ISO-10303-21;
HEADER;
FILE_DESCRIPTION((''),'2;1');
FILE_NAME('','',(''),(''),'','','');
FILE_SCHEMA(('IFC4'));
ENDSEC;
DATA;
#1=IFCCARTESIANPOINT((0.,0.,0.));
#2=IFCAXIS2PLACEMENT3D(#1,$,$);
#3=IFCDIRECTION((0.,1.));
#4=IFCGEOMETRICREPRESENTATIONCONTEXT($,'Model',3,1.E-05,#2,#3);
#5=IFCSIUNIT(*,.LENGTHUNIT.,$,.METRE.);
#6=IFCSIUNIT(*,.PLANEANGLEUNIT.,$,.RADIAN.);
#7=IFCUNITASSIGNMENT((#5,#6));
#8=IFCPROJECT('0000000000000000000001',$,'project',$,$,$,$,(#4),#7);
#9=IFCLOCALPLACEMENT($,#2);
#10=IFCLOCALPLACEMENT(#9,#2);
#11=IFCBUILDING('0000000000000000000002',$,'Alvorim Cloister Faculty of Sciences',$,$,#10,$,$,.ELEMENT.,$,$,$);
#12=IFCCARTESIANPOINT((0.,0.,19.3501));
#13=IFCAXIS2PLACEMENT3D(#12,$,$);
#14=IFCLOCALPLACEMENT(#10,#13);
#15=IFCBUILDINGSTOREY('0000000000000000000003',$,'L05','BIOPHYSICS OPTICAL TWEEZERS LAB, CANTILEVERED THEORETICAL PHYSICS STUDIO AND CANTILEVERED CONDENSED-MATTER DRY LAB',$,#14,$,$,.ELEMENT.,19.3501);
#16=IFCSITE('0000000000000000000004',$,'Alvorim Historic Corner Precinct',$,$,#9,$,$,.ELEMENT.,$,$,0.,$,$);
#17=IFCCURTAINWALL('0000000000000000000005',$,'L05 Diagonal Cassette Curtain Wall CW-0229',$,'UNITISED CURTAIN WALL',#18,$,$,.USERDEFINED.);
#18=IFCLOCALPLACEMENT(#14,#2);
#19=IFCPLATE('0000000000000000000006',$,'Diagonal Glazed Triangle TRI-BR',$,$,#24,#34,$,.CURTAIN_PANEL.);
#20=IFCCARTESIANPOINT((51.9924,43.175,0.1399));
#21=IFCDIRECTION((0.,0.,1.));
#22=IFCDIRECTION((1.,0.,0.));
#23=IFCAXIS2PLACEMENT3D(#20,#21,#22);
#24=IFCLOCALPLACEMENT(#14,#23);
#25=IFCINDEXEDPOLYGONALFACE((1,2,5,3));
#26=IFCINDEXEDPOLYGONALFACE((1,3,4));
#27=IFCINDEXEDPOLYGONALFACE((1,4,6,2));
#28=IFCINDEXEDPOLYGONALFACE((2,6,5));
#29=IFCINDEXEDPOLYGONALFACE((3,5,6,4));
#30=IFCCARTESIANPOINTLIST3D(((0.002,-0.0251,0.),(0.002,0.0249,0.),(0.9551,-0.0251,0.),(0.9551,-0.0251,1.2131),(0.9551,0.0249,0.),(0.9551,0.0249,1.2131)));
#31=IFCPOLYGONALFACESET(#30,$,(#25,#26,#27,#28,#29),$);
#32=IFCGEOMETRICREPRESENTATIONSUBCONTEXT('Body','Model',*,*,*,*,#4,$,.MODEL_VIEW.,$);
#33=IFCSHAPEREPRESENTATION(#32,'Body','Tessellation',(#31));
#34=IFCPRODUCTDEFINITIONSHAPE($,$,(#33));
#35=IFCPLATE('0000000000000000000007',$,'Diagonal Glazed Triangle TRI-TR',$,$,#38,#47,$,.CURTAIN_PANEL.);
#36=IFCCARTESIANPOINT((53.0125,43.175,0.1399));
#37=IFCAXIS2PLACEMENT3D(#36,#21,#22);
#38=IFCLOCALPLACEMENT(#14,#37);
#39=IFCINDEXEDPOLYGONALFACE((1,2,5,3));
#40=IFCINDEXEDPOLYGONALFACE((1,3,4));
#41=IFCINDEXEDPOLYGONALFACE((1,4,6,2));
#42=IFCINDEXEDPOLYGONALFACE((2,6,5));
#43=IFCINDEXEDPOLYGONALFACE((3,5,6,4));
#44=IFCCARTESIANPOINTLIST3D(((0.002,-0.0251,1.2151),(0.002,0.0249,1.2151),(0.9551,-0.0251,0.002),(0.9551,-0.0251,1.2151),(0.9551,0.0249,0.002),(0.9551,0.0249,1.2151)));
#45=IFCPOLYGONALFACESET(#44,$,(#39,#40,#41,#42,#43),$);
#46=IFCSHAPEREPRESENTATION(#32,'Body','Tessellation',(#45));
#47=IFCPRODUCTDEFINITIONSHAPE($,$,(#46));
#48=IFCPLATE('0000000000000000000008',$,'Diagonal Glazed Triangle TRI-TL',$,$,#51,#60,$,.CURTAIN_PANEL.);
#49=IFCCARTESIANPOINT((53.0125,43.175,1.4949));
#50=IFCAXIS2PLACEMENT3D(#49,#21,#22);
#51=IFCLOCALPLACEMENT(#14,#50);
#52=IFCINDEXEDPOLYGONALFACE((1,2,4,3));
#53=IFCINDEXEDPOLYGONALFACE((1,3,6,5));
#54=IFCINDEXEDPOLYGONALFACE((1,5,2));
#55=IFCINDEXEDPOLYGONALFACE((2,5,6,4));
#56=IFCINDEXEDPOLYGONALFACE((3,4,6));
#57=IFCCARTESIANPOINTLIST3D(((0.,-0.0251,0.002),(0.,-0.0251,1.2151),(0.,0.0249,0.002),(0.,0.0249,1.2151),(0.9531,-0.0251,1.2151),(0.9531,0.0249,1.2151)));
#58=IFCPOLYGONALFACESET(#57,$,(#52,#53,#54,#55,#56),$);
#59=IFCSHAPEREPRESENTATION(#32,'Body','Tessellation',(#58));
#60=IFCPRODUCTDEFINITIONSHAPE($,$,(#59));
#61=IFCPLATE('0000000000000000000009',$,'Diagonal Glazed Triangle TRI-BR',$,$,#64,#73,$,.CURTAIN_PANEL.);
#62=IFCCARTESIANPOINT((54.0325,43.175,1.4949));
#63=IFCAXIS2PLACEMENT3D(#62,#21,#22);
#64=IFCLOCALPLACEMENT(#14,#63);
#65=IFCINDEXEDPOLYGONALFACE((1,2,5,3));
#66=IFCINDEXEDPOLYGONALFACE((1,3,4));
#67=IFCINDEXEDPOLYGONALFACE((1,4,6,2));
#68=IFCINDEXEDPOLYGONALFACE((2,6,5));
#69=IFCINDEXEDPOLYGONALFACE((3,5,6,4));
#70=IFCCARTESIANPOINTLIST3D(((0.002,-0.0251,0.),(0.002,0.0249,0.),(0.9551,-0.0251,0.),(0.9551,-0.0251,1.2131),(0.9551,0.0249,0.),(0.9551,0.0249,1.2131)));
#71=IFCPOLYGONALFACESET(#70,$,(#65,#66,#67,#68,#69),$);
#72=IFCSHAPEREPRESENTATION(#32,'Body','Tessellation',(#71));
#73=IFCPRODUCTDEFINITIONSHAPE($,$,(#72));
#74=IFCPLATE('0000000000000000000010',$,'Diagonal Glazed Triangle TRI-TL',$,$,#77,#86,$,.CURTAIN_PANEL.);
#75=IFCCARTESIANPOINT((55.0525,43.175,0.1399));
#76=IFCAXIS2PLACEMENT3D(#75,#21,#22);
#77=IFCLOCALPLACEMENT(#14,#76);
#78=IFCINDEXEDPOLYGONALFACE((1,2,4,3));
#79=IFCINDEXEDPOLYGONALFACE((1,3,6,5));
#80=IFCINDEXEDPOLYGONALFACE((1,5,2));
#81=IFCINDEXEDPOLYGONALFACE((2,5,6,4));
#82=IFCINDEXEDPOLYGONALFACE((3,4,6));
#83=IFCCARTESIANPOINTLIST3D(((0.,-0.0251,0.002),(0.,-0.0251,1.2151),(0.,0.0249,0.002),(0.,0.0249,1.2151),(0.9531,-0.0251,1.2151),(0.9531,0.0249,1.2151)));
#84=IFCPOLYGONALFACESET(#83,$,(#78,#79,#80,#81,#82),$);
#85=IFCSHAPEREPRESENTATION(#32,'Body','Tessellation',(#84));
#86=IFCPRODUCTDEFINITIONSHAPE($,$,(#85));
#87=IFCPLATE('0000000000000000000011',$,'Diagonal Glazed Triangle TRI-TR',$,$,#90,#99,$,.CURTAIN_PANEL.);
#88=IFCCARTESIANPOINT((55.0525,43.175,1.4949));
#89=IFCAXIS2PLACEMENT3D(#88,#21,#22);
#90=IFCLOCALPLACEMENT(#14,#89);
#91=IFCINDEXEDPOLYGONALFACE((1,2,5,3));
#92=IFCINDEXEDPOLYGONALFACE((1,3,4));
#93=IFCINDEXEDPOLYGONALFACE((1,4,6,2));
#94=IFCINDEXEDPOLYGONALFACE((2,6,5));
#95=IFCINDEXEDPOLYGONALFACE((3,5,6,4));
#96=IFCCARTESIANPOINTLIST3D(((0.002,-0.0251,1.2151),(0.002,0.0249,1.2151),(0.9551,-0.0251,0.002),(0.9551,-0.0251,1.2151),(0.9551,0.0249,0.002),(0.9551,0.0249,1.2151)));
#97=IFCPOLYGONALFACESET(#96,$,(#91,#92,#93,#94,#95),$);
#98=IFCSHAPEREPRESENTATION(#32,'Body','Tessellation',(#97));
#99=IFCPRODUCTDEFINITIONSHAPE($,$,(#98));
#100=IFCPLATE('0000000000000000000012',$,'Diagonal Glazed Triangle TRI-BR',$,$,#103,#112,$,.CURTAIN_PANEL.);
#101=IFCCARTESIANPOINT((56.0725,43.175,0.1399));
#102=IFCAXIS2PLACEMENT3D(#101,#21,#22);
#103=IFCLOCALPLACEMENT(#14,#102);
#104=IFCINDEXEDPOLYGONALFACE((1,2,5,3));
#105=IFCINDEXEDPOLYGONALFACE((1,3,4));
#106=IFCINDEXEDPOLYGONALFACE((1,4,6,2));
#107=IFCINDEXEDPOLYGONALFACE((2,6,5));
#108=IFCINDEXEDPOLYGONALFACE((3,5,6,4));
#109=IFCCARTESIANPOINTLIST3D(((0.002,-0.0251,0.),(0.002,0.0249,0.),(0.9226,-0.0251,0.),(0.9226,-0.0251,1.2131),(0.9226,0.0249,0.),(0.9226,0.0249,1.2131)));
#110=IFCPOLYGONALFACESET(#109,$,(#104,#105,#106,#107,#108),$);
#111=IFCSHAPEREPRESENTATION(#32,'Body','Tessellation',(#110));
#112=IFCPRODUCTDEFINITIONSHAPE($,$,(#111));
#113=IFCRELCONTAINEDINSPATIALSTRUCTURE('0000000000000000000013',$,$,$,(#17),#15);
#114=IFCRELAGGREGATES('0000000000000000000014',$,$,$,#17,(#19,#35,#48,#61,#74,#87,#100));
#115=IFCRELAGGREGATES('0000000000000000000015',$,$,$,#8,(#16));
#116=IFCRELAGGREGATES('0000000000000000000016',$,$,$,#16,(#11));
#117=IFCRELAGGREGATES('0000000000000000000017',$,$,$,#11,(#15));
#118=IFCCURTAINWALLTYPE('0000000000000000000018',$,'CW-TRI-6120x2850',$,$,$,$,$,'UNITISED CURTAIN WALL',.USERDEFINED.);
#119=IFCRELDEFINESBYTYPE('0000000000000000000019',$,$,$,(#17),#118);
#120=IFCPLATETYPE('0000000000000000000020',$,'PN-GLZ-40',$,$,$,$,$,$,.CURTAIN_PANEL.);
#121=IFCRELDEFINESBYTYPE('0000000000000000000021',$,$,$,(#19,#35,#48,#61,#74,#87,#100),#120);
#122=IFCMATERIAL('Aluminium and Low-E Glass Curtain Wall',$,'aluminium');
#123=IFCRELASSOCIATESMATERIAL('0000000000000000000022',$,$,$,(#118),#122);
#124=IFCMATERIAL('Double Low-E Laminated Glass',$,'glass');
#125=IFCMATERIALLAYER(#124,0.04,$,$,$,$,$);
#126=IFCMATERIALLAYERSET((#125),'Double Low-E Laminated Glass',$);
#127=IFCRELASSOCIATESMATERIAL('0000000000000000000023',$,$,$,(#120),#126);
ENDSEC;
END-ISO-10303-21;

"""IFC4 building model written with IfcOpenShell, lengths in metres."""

from ifc_helpers import new_model, si_unit, direction, frame, origin, place, context, subcontext, project, spatial, polyline, outline, extrude, material, layer, layer_set, type_object, element, aggregate, save


model = new_model("IFC4")

# Units and contexts
model_context = context("Model", 3, precision=1e-05, world=origin(), true_north=direction((0.0, 1.0)))
body_context = subcontext(model_context, "Body", "Model", "MODEL_VIEW")
ifc_project = project(units=[si_unit("LENGTHUNIT", "METRE"), si_unit("PLANEANGLEUNIT", "RADIAN")], contexts=[model_context])

# Site, building, storey
site_placement = place(None, origin())
site = spatial("IfcSite", under=ifc_project, at=site_placement, Name="Alvorim Historic Corner Precinct", CompositionType="ELEMENT", RefElevation=0.0)
building_placement = place(site_placement, origin())
building = spatial("IfcBuilding", under=site, at=building_placement, Name="Alvorim Cloister Faculty of Sciences", CompositionType="ELEMENT")
storey_placement = place(building_placement, frame((0.0, 0.0, 19.3501)))
storey = spatial("IfcBuildingStorey", under=building, at=storey_placement, Name="L05", Description="BIOPHYSICS OPTICAL TWEEZERS LAB, CANTILEVERED THEORETICAL PHYSICS STUDIO AND CANTILEVERED CONDENSED-MATTER DRY LAB", CompositionType="ELEMENT", Elevation=19.3501)

# Curtain wall, plates
ifc_material_1 = material(Name="Aluminium and Low-E Glass Curtain Wall", Category="aluminium")
curtain_wall_type = type_object("IfcCurtainWallType", Name="CW-TRI-6120x2850", ElementType="UNITISED CURTAIN WALL", PredefinedType="USERDEFINED", material=ifc_material_1)
curtain_wall_placement = place(storey_placement, origin())
curtain_wall = element("IfcCurtainWall", 1, at=curtain_wall_placement, inside=storey, type_object=curtain_wall_type, Name="L05 Diagonal Cassette Curtain Wall CW-0229", ObjectType="UNITISED CURTAIN WALL", PredefinedType="USERDEFINED")
ifc_material_2 = material(Name="Double Low-E Laminated Glass", Category="glass")
ifc_layer = layer(ifc_material_2, 0.04)
ifc_layer_set = layer_set([ifc_layer], Name="Double Low-E Laminated Glass")
plate_type = type_object("IfcPlateType", Name="PN-GLZ-40", PredefinedType="CURTAIN_PANEL", material=ifc_layer_set)
plate_1_placement = place(storey_placement, frame((51.9924, 43.175, 0.1399), z_axis=(0.0, 0.0, 1.0), x_axis=(1.0, 0.0, 0.0)))
plate_1 = element("IfcPlate", 2, at=plate_1_placement, type_object=plate_type, Name="Diagonal Glazed Triangle TRI-BR", PredefinedType="CURTAIN_PANEL", context=body_context, shape_type="SweptSolid", body=[
    extrude(outline(polyline([(0.002, 0.0), (0.9551, 0.0), (0.9551, 1.2131), (0.002, 0.0)])), frame((0.0, 0.0249, 0.0), z_axis=(0.0, -1.0, 0.0), x_axis=(1.0, 0.0, 0.0)), (0.0, 0.0, 1.0), 0.05),
])
plate_2_placement = place(storey_placement, frame((53.0125, 43.175, 0.1399), z_axis=(0.0, 0.0, 1.0), x_axis=(1.0, 0.0, 0.0)))
plate_2 = element("IfcPlate", 3, at=plate_2_placement, type_object=plate_type, Name="Diagonal Glazed Triangle TRI-TR", PredefinedType="CURTAIN_PANEL", context=body_context, shape_type="SweptSolid", body=[
    extrude(outline(polyline([(0.9551, 0.002), (0.9551, 1.2151), (0.002, 1.2151), (0.9551, 0.002)])), frame((0.0, 0.0249, 0.0), z_axis=(0.0, -1.0, 0.0), x_axis=(1.0, 0.0, 0.0)), (0.0, 0.0, 1.0), 0.05),
])
plate_3_placement = place(storey_placement, frame((53.0125, 43.175, 1.4949), z_axis=(0.0, 0.0, 1.0), x_axis=(1.0, 0.0, 0.0)))
plate_3 = element("IfcPlate", 4, at=plate_3_placement, type_object=plate_type, Name="Diagonal Glazed Triangle TRI-TL", PredefinedType="CURTAIN_PANEL", context=body_context, shape_type="SweptSolid", body=[
    extrude(outline(polyline([(0.9531, 1.2151), (0.0, 1.2151), (0.0, 0.002), (0.9531, 1.2151)])), frame((0.0, 0.0249, 0.0), z_axis=(0.0, -1.0, 0.0), x_axis=(1.0, 0.0, 0.0)), (0.0, 0.0, 1.0), 0.05),
])
plate_4_placement = place(storey_placement, frame((54.0325, 43.175, 1.4949), z_axis=(0.0, 0.0, 1.0), x_axis=(1.0, 0.0, 0.0)))
plate_4 = element("IfcPlate", 5, at=plate_4_placement, type_object=plate_type, Name="Diagonal Glazed Triangle TRI-BR", PredefinedType="CURTAIN_PANEL", context=body_context, shape_type="SweptSolid", body=[
    extrude(outline(polyline([(0.002, 0.0), (0.9551, 0.0), (0.9551, 1.2131), (0.002, 0.0)])), frame((0.0, 0.0249, 0.0), z_axis=(0.0, -1.0, 0.0), x_axis=(1.0, 0.0, 0.0)), (0.0, 0.0, 1.0), 0.05),
])
plate_5_placement = place(storey_placement, frame((55.0525, 43.175, 0.1399), z_axis=(0.0, 0.0, 1.0), x_axis=(1.0, 0.0, 0.0)))
plate_5 = element("IfcPlate", 6, at=plate_5_placement, type_object=plate_type, Name="Diagonal Glazed Triangle TRI-TL", PredefinedType="CURTAIN_PANEL", context=body_context, shape_type="SweptSolid", body=[
    extrude(outline(polyline([(0.9531, 1.2151), (0.0, 1.2151), (0.0, 0.002), (0.9531, 1.2151)])), frame((0.0, 0.0249, 0.0), z_axis=(0.0, -1.0, 0.0), x_axis=(1.0, 0.0, 0.0)), (0.0, 0.0, 1.0), 0.05),
])
plate_6_placement = place(storey_placement, frame((55.0525, 43.175, 1.4949), z_axis=(0.0, 0.0, 1.0), x_axis=(1.0, 0.0, 0.0)))
plate_6 = element("IfcPlate", 7, at=plate_6_placement, type_object=plate_type, Name="Diagonal Glazed Triangle TRI-TR", PredefinedType="CURTAIN_PANEL", context=body_context, shape_type="SweptSolid", body=[
    extrude(outline(polyline([(0.9551, 0.002), (0.9551, 1.2151), (0.002, 1.2151), (0.9551, 0.002)])), frame((0.0, 0.0249, 0.0), z_axis=(0.0, -1.0, 0.0), x_axis=(1.0, 0.0, 0.0)), (0.0, 0.0, 1.0), 0.05),
])
plate_7_placement = place(storey_placement, frame((56.0725, 43.175, 0.1399), z_axis=(0.0, 0.0, 1.0), x_axis=(1.0, 0.0, 0.0)))
plate_7 = element("IfcPlate", 8, at=plate_7_placement, type_object=plate_type, Name="Diagonal Glazed Triangle TRI-BR", PredefinedType="CURTAIN_PANEL", context=body_context, shape_type="SweptSolid", body=[
    extrude(outline(polyline([(0.002, 0.0), (0.9226, 0.0), (0.9226, 1.2131), (0.002, 0.0)])), frame((0.0, 0.0249, 0.0), z_axis=(0.0, -1.0, 0.0), x_axis=(1.0, 0.0, 0.0)), (0.0, 0.0, 1.0), 0.05),
])
aggregate(curtain_wall, [plate_1, plate_2, plate_3, plate_4, plate_5, plate_6, plate_7])

save(model, "model.ifc")
